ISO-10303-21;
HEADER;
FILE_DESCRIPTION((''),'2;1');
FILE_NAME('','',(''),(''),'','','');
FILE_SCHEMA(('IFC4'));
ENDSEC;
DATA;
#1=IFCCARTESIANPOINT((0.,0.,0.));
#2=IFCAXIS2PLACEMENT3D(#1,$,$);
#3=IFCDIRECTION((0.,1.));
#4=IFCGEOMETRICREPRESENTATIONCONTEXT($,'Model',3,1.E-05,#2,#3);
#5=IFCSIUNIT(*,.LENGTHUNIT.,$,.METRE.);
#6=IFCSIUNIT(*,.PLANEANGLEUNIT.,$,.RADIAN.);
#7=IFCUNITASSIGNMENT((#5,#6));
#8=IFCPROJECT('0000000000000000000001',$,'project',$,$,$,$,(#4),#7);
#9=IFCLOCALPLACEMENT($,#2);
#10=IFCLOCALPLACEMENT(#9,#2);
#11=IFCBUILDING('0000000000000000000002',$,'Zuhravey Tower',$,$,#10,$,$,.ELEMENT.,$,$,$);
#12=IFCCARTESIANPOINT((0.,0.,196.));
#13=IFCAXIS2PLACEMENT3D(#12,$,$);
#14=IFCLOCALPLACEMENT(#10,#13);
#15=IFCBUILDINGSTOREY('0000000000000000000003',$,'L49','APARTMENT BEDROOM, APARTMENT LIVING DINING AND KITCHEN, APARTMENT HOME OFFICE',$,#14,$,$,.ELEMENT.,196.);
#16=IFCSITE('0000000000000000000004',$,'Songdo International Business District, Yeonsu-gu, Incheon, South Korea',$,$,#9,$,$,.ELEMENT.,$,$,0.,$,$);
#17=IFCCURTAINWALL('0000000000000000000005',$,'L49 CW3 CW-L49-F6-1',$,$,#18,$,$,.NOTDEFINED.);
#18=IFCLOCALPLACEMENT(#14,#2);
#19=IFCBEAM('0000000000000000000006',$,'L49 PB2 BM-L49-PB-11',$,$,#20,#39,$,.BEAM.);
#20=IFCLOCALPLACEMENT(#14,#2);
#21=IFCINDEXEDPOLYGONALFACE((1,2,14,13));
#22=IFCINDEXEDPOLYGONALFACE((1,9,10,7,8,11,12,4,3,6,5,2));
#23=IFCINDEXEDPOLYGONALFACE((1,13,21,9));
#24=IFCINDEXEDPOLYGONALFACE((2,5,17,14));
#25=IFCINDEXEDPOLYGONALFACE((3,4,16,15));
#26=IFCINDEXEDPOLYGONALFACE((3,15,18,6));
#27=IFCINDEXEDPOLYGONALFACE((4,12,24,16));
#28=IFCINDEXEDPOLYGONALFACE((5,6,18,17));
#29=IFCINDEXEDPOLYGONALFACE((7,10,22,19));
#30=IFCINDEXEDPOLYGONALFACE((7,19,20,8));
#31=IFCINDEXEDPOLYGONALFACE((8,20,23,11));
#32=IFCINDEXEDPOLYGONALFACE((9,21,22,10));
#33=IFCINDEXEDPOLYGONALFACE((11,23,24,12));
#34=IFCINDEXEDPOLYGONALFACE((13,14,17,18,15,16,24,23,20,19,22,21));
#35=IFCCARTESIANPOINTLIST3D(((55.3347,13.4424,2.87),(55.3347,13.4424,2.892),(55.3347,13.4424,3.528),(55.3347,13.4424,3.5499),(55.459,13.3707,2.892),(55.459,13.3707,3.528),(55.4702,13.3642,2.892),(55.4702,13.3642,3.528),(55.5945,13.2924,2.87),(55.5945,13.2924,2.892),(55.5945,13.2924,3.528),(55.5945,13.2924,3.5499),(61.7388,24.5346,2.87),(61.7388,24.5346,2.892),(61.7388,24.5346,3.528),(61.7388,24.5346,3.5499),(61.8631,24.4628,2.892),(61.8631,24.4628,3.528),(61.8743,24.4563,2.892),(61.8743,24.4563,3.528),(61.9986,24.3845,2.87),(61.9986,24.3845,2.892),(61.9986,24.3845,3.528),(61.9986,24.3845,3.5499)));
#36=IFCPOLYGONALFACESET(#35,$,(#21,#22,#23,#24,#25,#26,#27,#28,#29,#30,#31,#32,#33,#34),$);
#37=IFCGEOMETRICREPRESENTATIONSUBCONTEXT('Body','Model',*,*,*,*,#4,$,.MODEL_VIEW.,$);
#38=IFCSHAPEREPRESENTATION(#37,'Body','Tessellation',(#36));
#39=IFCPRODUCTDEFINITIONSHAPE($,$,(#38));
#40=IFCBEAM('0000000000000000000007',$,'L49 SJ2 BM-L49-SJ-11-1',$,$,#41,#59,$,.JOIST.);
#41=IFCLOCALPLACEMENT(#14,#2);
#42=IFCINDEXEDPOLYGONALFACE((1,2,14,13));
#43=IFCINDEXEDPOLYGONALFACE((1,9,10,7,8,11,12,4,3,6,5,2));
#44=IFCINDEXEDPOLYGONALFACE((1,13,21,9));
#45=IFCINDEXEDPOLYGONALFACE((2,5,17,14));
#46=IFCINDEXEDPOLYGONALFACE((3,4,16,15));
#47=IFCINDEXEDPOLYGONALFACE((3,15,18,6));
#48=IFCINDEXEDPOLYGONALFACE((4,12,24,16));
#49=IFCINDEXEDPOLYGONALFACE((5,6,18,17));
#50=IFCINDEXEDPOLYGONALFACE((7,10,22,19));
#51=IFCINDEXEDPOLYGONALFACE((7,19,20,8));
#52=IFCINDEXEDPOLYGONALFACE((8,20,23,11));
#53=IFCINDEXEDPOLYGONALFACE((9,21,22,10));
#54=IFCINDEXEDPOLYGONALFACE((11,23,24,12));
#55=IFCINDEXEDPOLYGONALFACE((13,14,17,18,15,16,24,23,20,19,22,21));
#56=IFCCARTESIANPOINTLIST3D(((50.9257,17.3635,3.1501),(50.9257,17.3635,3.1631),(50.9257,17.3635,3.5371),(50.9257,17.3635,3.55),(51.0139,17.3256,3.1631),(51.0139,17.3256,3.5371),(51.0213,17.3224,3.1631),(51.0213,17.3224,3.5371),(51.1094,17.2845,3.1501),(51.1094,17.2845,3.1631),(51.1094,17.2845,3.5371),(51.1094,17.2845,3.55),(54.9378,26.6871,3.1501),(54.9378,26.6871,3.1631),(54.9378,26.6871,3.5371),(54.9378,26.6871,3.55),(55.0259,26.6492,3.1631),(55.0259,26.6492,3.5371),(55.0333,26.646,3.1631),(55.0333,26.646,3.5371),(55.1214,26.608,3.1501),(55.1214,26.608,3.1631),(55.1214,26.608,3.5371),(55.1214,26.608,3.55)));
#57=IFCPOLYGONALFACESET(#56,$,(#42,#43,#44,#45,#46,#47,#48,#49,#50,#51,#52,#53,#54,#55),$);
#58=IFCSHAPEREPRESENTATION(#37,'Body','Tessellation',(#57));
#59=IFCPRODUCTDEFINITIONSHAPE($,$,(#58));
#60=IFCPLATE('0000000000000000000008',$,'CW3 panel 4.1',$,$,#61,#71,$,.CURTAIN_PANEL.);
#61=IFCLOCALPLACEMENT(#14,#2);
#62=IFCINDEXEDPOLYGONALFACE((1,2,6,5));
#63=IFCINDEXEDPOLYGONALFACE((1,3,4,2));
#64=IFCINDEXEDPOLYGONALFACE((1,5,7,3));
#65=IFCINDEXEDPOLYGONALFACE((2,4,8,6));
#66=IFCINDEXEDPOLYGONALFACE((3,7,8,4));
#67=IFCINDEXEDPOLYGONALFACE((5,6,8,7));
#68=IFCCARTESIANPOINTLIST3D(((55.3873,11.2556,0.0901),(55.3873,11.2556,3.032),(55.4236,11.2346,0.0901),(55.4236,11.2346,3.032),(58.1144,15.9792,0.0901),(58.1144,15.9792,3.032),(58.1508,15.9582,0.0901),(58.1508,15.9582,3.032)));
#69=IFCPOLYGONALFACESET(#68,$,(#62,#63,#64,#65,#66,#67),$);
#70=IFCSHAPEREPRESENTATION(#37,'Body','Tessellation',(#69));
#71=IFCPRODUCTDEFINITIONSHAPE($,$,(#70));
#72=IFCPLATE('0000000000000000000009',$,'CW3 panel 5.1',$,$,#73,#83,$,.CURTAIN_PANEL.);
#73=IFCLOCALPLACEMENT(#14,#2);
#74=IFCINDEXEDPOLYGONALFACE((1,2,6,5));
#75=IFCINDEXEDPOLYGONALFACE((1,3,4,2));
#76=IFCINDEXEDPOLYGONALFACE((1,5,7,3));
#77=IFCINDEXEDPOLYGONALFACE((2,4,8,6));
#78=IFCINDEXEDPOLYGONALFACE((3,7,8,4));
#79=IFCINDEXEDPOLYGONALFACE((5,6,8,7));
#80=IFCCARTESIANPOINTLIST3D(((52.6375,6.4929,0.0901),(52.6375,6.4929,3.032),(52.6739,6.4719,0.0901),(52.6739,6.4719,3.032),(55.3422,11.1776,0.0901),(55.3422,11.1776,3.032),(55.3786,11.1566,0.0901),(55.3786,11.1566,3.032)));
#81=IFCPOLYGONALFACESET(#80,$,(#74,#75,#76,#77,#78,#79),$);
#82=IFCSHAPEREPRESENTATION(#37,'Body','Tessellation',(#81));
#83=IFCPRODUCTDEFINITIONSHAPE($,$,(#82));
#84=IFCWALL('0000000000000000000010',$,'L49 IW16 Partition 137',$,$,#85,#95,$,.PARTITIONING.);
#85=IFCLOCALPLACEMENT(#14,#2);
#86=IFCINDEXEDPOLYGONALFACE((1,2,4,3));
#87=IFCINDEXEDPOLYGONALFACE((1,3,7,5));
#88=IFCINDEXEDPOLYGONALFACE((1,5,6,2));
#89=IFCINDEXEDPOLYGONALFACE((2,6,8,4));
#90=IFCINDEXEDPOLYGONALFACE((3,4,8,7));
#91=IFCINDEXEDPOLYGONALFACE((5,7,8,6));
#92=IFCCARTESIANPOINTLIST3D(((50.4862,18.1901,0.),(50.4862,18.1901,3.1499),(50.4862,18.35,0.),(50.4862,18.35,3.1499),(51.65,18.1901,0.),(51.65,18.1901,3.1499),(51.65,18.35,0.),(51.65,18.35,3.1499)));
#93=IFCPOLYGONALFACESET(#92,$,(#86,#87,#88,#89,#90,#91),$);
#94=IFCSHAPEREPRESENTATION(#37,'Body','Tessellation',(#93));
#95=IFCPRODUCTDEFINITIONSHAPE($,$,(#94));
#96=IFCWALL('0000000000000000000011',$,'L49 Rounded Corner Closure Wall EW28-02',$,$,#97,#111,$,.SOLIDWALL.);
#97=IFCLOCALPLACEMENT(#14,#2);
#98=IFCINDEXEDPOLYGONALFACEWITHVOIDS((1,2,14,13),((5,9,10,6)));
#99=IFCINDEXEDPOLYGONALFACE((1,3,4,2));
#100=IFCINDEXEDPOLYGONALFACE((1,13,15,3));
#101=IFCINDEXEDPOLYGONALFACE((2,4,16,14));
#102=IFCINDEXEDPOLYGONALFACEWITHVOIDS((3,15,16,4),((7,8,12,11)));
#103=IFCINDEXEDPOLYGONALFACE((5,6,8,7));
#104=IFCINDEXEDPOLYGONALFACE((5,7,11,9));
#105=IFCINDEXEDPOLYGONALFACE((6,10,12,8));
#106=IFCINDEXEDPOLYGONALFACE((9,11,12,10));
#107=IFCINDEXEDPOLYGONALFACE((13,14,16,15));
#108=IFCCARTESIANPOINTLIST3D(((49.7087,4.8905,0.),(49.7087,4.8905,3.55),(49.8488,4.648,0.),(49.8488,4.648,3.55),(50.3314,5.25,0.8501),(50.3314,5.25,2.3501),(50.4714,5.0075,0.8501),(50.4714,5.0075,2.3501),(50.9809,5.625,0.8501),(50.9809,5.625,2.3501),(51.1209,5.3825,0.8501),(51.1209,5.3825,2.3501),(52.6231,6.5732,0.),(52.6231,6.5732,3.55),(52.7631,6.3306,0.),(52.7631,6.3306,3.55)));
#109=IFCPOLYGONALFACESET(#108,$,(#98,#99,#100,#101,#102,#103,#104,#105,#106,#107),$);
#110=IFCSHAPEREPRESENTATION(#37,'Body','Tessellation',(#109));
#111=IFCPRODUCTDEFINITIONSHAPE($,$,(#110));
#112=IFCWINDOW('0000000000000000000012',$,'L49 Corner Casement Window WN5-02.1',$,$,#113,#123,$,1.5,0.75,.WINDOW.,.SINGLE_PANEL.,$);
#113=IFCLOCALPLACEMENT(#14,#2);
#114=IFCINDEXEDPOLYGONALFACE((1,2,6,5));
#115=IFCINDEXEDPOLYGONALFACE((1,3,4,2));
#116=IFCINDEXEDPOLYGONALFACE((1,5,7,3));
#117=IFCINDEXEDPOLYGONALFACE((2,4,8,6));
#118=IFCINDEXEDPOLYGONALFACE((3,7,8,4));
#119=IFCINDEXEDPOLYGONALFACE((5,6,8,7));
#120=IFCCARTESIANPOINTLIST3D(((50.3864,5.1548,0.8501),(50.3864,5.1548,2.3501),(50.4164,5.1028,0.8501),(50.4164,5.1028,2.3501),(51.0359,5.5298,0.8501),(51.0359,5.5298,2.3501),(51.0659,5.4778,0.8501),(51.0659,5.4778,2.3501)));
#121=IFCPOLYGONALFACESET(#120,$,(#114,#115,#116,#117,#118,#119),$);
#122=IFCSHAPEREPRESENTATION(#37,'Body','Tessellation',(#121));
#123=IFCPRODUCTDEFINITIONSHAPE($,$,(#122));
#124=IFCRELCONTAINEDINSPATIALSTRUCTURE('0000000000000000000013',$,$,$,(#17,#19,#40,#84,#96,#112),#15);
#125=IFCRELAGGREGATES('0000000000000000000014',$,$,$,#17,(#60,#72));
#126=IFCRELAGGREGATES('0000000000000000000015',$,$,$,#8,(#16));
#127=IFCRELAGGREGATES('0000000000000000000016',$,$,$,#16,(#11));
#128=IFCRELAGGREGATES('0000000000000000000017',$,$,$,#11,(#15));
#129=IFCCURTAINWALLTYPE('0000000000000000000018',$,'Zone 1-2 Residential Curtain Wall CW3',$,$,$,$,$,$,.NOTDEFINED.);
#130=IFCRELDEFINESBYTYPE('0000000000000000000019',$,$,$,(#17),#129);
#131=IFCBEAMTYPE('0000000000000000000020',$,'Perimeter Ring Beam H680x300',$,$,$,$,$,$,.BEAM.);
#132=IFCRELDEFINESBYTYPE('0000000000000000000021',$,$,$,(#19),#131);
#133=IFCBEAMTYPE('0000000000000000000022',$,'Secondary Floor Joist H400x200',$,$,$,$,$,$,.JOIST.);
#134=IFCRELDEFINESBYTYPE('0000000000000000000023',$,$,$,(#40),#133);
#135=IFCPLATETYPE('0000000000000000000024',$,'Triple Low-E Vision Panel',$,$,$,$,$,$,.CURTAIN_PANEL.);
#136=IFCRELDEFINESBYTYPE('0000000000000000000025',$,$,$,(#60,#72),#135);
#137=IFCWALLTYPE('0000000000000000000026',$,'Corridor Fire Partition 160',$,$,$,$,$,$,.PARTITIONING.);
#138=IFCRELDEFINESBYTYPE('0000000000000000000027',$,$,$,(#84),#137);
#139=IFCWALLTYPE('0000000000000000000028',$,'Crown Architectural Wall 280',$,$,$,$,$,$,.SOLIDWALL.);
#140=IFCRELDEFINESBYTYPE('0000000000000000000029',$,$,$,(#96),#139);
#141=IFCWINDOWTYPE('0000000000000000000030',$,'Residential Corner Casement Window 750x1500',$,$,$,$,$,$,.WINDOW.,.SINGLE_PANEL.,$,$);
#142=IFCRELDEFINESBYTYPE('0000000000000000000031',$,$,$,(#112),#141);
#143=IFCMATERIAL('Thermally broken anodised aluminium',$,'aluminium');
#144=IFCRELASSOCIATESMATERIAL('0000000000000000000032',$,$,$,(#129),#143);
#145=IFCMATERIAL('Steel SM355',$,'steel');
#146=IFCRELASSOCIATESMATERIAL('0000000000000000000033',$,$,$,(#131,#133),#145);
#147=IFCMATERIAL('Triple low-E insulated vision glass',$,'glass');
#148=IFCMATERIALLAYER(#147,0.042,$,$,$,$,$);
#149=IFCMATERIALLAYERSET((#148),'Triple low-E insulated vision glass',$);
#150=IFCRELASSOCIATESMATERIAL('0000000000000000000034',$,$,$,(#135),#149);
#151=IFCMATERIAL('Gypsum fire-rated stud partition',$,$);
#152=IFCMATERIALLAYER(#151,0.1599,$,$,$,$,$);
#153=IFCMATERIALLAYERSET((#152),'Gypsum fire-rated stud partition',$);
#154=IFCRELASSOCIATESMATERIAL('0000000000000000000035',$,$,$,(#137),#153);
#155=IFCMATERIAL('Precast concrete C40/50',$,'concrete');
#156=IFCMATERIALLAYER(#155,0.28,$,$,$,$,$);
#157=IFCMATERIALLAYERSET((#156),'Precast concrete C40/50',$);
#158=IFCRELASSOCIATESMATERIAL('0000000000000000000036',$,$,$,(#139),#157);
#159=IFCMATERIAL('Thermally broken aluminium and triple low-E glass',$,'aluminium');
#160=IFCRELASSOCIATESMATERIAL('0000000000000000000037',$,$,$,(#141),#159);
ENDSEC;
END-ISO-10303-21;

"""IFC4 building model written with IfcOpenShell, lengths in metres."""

from ifc_helpers import new_model, si_unit, direction, frame, frame_2d, origin, origin_2d, place, context, subcontext, project, spatial, rectangle, i_section, extrude, material, layer, layer_set, material_profile, profile_set, type_object, element, fill, aggregate, save


model = new_model("IFC4")

# Units and contexts
model_context = context("Model", 3, precision=1e-05, world=origin(), true_north=direction((0.0, 1.0)))
body_context = subcontext(model_context, "Body", "Model", "MODEL_VIEW")
ifc_project = project(units=[si_unit("LENGTHUNIT", "METRE"), si_unit("PLANEANGLEUNIT", "RADIAN")], contexts=[model_context])

# Site, building, storey
site_placement = place(None, origin())
site = spatial("IfcSite", under=ifc_project, at=site_placement, Name="Songdo International Business District, Yeonsu-gu, Incheon, South Korea", CompositionType="ELEMENT", RefElevation=0.0)
building_placement = place(site_placement, origin())
building = spatial("IfcBuilding", under=site, at=building_placement, Name="Zuhravey Tower", CompositionType="ELEMENT")
storey_placement = place(building_placement, frame((0.0, 0.0, 196.0)))
storey = spatial("IfcBuildingStorey", under=building, at=storey_placement, Name="L49", Description="APARTMENT BEDROOM, APARTMENT LIVING DINING AND KITCHEN, APARTMENT HOME OFFICE", CompositionType="ELEMENT", Elevation=196.0)

# Curtain wall
ifc_material_1 = material(Name="Thermally broken anodised aluminium", Category="aluminium")
curtain_wall_type = type_object("IfcCurtainWallType", Name="Zone 1-2 Residential Curtain Wall CW3", PredefinedType="NOTDEFINED", material=ifc_material_1)
curtain_wall_1_placement = place(storey_placement, origin())
curtain_wall_1 = element("IfcCurtainWall", 1, at=curtain_wall_1_placement, inside=storey, type_object=curtain_wall_type, Name="L49 CW3 CW-L49-F6-1", PredefinedType="NOTDEFINED")

# Beams
ifc_material_2 = material(Name="Steel SM355", Category="steel")
ifc_material_profile_1 = material_profile(ifc_material_2, i_section(OverallWidth=0.3, OverallDepth=0.6799, WebThickness=0.0129, FlangeThickness=0.022, at=origin_2d()), Name="H-680x300x13x22")
ifc_profile_set_1 = profile_set([ifc_material_profile_1], Name="Steel SM355")
beam_type_1 = type_object("IfcBeamType", Name="Perimeter Ring Beam H680x300", PredefinedType="BEAM", material=ifc_profile_set_1)
beam_1_placement = place(storey_placement, frame((55.4646, 13.3674, 3.21), z_axis=(0.500004, 0.866023, 0.0), x_axis=(-0.866023, 0.500004, 0.0)))
element("IfcBeam", 2, at=beam_1_placement, inside=storey, type_object=beam_type_1, Name="L49 PB2 BM-L49-PB-11", PredefinedType="BEAM", context=body_context, shape_type="SweptSolid", body=[
    extrude(i_section(OverallWidth=0.3, OverallDepth=0.6799, WebThickness=0.0129, FlangeThickness=0.022, at=origin_2d()), origin(), (0.0, 0.0, 1.0), 12.8081),
])
ifc_material_profile_2 = material_profile(ifc_material_2, i_section(OverallWidth=0.2, OverallDepth=0.3999, WebThickness=0.0081, FlangeThickness=0.0129, at=origin_2d()), Name="H-400x200x8x13")
ifc_profile_set_2 = profile_set([ifc_material_profile_2], Name="Steel SM355")
beam_type_2 = type_object("IfcBeamType", Name="Secondary Floor Joist H400x200", PredefinedType="JOIST", material=ifc_profile_set_2)
beam_2_placement = place(storey_placement, frame((51.0176, 17.324, 3.3501), z_axis=(0.395266, 0.918567, 0.0), x_axis=(-0.918567, 0.395266, 0.0)))
element("IfcBeam", 3, at=beam_2_placement, inside=storey, type_object=beam_type_2, Name="L49 SJ2 BM-L49-SJ-11-1", PredefinedType="JOIST", context=body_context, shape_type="SweptSolid", body=[
    extrude(i_section(OverallWidth=0.2, OverallDepth=0.3999, WebThickness=0.0081, FlangeThickness=0.0129, at=origin_2d()), origin(), (0.0, 0.0, 1.0), 10.1501),
])

# Plates
ifc_material_3 = material(Name="Triple low-E insulated vision glass", Category="glass")
ifc_layer_1 = layer(ifc_material_3, 0.042)
ifc_layer_set_1 = layer_set([ifc_layer_1], Name="Triple low-E insulated vision glass")
plate_type = type_object("IfcPlateType", Name="Triple Low-E Vision Panel", PredefinedType="CURTAIN_PANEL", material=ifc_layer_set_1)
plate_1_placement = place(storey_placement, frame((56.769, 13.6069, 0.0901), z_axis=(0.0, 0.0, 1.0), x_axis=(-0.5, -0.866025, 0.0)))
plate_1 = element("IfcPlate", 4, at=plate_1_placement, type_object=plate_type, Name="CW3 panel 4.1", PredefinedType="CURTAIN_PANEL", context=body_context, shape_type="SweptSolid", body=[
    extrude(rectangle(XDim=5.4543, YDim=0.042, at=origin_2d()), origin(), (0.0, 0.0, 1.0), 2.9419),
])
plate_2_placement = place(storey_placement, frame((54.0081, 8.8247, 0.0901), z_axis=(0.0, 0.0, 1.0), x_axis=(-0.5, -0.866025, 0.0)))
plate_2 = element("IfcPlate", 5, at=plate_2_placement, type_object=plate_type, Name="CW3 panel 5.1", PredefinedType="CURTAIN_PANEL", context=body_context, shape_type="SweptSolid", body=[
    extrude(rectangle(XDim=5.4094, YDim=0.042, at=origin_2d()), origin(), (0.0, 0.0, 1.0), 2.9419),
])
aggregate(curtain_wall_1, [plate_1, plate_2])

# Wall
ifc_material_4 = material(Name="Gypsum fire-rated stud partition")
ifc_layer_2 = layer(ifc_material_4, 0.1599)
ifc_layer_set_2 = layer_set([ifc_layer_2], Name="Gypsum fire-rated stud partition")
wall_type_1 = type_object("IfcWallType", Name="Corridor Fire Partition 160", PredefinedType="PARTITIONING", material=ifc_layer_set_2)
wall_1_placement = place(storey_placement, frame((50.4861, 18.27, 0.0), z_axis=(0.0, 0.0, 1.0), x_axis=(1.0, 0.0, 0.0)))
element("IfcWall", 6, at=wall_1_placement, inside=storey, type_object=wall_type_1, Name="L49 IW16 Partition 137", PredefinedType="PARTITIONING", context=body_context, shape_type="SweptSolid", body=[
    extrude(rectangle(XDim=1.1638, YDim=0.1599, at=frame_2d((0.582, 0.0))), origin(), (0.0, 0.0, 1.0), 3.1499),
])

# Wall, opening, window
ifc_material_5 = material(Name="Precast concrete C40/50", Category="concrete")
ifc_layer_3 = layer(ifc_material_5, 0.28)
ifc_layer_set_3 = layer_set([ifc_layer_3], Name="Precast concrete C40/50")
wall_type_2 = type_object("IfcWallType", Name="Crown Architectural Wall 280", PredefinedType="SOLIDWALL", material=ifc_layer_set_3)
wall_2_placement = place(storey_placement, frame((52.6931, 6.4519, 0.0), z_axis=(0.0, 0.0, 1.0), x_axis=(-0.86602, -0.500009, 0.0)))
wall_2 = element("IfcWall", 7, at=wall_2_placement, inside=storey, type_object=wall_type_2, Name="L49 Rounded Corner Closure Wall EW28-02", PredefinedType="SOLIDWALL", context=body_context, shape_type="SweptSolid", body=[
    extrude(rectangle(XDim=3.3652, YDim=0.28, at=frame_2d((1.6826, 0.0))), origin(), (0.0, 0.0, 1.0), 3.55),
])
opening_1_placement = place(wall_2_placement, frame((1.8962, 0.0, 0.8501)))
opening_1 = element("IfcOpeningElement", 8, at=opening_1_placement, cuts=wall_2, PredefinedType="OPENING", context=body_context, shape_type="SweptSolid", body=[
    extrude(rectangle(XDim=0.75, YDim=1.5, at=frame_2d((0.375, 0.75))), frame((0.0, 0.1521, 0.0), z_axis=(0.0, -1.0, 0.0), x_axis=(1.0, 0.0, 0.0)), (0.0, 0.0, 1.0), 0.304),
])
ifc_material_6 = material(Name="Thermally broken aluminium and triple low-E glass", Category="aluminium")
window_type = type_object("IfcWindowType", Name="Residential Corner Casement Window 750x1500", PartitioningType="SINGLE_PANEL", PredefinedType="WINDOW", material=ifc_material_6)
window_placement = place(opening_1_placement, origin())
window = element("IfcWindow", 9, at=window_placement, inside=storey, type_object=window_type, Name="L49 Corner Casement Window WN5-02.1", OverallHeight=1.5, OverallWidth=0.75, PartitioningType="SINGLE_PANEL", PredefinedType="WINDOW", context=body_context, shape_type="SweptSolid", body=[
    extrude(rectangle(XDim=0.75, YDim=1.5, at=frame_2d((0.375, 0.75))), frame((0.0, 0.03, 0.0), z_axis=(0.0, -1.0, 0.0), x_axis=(1.0, 0.0, 0.0)), (0.0, 0.0, 1.0), 0.0601),
])
fill(opening_1, window)

save(model, "model.ifc")
